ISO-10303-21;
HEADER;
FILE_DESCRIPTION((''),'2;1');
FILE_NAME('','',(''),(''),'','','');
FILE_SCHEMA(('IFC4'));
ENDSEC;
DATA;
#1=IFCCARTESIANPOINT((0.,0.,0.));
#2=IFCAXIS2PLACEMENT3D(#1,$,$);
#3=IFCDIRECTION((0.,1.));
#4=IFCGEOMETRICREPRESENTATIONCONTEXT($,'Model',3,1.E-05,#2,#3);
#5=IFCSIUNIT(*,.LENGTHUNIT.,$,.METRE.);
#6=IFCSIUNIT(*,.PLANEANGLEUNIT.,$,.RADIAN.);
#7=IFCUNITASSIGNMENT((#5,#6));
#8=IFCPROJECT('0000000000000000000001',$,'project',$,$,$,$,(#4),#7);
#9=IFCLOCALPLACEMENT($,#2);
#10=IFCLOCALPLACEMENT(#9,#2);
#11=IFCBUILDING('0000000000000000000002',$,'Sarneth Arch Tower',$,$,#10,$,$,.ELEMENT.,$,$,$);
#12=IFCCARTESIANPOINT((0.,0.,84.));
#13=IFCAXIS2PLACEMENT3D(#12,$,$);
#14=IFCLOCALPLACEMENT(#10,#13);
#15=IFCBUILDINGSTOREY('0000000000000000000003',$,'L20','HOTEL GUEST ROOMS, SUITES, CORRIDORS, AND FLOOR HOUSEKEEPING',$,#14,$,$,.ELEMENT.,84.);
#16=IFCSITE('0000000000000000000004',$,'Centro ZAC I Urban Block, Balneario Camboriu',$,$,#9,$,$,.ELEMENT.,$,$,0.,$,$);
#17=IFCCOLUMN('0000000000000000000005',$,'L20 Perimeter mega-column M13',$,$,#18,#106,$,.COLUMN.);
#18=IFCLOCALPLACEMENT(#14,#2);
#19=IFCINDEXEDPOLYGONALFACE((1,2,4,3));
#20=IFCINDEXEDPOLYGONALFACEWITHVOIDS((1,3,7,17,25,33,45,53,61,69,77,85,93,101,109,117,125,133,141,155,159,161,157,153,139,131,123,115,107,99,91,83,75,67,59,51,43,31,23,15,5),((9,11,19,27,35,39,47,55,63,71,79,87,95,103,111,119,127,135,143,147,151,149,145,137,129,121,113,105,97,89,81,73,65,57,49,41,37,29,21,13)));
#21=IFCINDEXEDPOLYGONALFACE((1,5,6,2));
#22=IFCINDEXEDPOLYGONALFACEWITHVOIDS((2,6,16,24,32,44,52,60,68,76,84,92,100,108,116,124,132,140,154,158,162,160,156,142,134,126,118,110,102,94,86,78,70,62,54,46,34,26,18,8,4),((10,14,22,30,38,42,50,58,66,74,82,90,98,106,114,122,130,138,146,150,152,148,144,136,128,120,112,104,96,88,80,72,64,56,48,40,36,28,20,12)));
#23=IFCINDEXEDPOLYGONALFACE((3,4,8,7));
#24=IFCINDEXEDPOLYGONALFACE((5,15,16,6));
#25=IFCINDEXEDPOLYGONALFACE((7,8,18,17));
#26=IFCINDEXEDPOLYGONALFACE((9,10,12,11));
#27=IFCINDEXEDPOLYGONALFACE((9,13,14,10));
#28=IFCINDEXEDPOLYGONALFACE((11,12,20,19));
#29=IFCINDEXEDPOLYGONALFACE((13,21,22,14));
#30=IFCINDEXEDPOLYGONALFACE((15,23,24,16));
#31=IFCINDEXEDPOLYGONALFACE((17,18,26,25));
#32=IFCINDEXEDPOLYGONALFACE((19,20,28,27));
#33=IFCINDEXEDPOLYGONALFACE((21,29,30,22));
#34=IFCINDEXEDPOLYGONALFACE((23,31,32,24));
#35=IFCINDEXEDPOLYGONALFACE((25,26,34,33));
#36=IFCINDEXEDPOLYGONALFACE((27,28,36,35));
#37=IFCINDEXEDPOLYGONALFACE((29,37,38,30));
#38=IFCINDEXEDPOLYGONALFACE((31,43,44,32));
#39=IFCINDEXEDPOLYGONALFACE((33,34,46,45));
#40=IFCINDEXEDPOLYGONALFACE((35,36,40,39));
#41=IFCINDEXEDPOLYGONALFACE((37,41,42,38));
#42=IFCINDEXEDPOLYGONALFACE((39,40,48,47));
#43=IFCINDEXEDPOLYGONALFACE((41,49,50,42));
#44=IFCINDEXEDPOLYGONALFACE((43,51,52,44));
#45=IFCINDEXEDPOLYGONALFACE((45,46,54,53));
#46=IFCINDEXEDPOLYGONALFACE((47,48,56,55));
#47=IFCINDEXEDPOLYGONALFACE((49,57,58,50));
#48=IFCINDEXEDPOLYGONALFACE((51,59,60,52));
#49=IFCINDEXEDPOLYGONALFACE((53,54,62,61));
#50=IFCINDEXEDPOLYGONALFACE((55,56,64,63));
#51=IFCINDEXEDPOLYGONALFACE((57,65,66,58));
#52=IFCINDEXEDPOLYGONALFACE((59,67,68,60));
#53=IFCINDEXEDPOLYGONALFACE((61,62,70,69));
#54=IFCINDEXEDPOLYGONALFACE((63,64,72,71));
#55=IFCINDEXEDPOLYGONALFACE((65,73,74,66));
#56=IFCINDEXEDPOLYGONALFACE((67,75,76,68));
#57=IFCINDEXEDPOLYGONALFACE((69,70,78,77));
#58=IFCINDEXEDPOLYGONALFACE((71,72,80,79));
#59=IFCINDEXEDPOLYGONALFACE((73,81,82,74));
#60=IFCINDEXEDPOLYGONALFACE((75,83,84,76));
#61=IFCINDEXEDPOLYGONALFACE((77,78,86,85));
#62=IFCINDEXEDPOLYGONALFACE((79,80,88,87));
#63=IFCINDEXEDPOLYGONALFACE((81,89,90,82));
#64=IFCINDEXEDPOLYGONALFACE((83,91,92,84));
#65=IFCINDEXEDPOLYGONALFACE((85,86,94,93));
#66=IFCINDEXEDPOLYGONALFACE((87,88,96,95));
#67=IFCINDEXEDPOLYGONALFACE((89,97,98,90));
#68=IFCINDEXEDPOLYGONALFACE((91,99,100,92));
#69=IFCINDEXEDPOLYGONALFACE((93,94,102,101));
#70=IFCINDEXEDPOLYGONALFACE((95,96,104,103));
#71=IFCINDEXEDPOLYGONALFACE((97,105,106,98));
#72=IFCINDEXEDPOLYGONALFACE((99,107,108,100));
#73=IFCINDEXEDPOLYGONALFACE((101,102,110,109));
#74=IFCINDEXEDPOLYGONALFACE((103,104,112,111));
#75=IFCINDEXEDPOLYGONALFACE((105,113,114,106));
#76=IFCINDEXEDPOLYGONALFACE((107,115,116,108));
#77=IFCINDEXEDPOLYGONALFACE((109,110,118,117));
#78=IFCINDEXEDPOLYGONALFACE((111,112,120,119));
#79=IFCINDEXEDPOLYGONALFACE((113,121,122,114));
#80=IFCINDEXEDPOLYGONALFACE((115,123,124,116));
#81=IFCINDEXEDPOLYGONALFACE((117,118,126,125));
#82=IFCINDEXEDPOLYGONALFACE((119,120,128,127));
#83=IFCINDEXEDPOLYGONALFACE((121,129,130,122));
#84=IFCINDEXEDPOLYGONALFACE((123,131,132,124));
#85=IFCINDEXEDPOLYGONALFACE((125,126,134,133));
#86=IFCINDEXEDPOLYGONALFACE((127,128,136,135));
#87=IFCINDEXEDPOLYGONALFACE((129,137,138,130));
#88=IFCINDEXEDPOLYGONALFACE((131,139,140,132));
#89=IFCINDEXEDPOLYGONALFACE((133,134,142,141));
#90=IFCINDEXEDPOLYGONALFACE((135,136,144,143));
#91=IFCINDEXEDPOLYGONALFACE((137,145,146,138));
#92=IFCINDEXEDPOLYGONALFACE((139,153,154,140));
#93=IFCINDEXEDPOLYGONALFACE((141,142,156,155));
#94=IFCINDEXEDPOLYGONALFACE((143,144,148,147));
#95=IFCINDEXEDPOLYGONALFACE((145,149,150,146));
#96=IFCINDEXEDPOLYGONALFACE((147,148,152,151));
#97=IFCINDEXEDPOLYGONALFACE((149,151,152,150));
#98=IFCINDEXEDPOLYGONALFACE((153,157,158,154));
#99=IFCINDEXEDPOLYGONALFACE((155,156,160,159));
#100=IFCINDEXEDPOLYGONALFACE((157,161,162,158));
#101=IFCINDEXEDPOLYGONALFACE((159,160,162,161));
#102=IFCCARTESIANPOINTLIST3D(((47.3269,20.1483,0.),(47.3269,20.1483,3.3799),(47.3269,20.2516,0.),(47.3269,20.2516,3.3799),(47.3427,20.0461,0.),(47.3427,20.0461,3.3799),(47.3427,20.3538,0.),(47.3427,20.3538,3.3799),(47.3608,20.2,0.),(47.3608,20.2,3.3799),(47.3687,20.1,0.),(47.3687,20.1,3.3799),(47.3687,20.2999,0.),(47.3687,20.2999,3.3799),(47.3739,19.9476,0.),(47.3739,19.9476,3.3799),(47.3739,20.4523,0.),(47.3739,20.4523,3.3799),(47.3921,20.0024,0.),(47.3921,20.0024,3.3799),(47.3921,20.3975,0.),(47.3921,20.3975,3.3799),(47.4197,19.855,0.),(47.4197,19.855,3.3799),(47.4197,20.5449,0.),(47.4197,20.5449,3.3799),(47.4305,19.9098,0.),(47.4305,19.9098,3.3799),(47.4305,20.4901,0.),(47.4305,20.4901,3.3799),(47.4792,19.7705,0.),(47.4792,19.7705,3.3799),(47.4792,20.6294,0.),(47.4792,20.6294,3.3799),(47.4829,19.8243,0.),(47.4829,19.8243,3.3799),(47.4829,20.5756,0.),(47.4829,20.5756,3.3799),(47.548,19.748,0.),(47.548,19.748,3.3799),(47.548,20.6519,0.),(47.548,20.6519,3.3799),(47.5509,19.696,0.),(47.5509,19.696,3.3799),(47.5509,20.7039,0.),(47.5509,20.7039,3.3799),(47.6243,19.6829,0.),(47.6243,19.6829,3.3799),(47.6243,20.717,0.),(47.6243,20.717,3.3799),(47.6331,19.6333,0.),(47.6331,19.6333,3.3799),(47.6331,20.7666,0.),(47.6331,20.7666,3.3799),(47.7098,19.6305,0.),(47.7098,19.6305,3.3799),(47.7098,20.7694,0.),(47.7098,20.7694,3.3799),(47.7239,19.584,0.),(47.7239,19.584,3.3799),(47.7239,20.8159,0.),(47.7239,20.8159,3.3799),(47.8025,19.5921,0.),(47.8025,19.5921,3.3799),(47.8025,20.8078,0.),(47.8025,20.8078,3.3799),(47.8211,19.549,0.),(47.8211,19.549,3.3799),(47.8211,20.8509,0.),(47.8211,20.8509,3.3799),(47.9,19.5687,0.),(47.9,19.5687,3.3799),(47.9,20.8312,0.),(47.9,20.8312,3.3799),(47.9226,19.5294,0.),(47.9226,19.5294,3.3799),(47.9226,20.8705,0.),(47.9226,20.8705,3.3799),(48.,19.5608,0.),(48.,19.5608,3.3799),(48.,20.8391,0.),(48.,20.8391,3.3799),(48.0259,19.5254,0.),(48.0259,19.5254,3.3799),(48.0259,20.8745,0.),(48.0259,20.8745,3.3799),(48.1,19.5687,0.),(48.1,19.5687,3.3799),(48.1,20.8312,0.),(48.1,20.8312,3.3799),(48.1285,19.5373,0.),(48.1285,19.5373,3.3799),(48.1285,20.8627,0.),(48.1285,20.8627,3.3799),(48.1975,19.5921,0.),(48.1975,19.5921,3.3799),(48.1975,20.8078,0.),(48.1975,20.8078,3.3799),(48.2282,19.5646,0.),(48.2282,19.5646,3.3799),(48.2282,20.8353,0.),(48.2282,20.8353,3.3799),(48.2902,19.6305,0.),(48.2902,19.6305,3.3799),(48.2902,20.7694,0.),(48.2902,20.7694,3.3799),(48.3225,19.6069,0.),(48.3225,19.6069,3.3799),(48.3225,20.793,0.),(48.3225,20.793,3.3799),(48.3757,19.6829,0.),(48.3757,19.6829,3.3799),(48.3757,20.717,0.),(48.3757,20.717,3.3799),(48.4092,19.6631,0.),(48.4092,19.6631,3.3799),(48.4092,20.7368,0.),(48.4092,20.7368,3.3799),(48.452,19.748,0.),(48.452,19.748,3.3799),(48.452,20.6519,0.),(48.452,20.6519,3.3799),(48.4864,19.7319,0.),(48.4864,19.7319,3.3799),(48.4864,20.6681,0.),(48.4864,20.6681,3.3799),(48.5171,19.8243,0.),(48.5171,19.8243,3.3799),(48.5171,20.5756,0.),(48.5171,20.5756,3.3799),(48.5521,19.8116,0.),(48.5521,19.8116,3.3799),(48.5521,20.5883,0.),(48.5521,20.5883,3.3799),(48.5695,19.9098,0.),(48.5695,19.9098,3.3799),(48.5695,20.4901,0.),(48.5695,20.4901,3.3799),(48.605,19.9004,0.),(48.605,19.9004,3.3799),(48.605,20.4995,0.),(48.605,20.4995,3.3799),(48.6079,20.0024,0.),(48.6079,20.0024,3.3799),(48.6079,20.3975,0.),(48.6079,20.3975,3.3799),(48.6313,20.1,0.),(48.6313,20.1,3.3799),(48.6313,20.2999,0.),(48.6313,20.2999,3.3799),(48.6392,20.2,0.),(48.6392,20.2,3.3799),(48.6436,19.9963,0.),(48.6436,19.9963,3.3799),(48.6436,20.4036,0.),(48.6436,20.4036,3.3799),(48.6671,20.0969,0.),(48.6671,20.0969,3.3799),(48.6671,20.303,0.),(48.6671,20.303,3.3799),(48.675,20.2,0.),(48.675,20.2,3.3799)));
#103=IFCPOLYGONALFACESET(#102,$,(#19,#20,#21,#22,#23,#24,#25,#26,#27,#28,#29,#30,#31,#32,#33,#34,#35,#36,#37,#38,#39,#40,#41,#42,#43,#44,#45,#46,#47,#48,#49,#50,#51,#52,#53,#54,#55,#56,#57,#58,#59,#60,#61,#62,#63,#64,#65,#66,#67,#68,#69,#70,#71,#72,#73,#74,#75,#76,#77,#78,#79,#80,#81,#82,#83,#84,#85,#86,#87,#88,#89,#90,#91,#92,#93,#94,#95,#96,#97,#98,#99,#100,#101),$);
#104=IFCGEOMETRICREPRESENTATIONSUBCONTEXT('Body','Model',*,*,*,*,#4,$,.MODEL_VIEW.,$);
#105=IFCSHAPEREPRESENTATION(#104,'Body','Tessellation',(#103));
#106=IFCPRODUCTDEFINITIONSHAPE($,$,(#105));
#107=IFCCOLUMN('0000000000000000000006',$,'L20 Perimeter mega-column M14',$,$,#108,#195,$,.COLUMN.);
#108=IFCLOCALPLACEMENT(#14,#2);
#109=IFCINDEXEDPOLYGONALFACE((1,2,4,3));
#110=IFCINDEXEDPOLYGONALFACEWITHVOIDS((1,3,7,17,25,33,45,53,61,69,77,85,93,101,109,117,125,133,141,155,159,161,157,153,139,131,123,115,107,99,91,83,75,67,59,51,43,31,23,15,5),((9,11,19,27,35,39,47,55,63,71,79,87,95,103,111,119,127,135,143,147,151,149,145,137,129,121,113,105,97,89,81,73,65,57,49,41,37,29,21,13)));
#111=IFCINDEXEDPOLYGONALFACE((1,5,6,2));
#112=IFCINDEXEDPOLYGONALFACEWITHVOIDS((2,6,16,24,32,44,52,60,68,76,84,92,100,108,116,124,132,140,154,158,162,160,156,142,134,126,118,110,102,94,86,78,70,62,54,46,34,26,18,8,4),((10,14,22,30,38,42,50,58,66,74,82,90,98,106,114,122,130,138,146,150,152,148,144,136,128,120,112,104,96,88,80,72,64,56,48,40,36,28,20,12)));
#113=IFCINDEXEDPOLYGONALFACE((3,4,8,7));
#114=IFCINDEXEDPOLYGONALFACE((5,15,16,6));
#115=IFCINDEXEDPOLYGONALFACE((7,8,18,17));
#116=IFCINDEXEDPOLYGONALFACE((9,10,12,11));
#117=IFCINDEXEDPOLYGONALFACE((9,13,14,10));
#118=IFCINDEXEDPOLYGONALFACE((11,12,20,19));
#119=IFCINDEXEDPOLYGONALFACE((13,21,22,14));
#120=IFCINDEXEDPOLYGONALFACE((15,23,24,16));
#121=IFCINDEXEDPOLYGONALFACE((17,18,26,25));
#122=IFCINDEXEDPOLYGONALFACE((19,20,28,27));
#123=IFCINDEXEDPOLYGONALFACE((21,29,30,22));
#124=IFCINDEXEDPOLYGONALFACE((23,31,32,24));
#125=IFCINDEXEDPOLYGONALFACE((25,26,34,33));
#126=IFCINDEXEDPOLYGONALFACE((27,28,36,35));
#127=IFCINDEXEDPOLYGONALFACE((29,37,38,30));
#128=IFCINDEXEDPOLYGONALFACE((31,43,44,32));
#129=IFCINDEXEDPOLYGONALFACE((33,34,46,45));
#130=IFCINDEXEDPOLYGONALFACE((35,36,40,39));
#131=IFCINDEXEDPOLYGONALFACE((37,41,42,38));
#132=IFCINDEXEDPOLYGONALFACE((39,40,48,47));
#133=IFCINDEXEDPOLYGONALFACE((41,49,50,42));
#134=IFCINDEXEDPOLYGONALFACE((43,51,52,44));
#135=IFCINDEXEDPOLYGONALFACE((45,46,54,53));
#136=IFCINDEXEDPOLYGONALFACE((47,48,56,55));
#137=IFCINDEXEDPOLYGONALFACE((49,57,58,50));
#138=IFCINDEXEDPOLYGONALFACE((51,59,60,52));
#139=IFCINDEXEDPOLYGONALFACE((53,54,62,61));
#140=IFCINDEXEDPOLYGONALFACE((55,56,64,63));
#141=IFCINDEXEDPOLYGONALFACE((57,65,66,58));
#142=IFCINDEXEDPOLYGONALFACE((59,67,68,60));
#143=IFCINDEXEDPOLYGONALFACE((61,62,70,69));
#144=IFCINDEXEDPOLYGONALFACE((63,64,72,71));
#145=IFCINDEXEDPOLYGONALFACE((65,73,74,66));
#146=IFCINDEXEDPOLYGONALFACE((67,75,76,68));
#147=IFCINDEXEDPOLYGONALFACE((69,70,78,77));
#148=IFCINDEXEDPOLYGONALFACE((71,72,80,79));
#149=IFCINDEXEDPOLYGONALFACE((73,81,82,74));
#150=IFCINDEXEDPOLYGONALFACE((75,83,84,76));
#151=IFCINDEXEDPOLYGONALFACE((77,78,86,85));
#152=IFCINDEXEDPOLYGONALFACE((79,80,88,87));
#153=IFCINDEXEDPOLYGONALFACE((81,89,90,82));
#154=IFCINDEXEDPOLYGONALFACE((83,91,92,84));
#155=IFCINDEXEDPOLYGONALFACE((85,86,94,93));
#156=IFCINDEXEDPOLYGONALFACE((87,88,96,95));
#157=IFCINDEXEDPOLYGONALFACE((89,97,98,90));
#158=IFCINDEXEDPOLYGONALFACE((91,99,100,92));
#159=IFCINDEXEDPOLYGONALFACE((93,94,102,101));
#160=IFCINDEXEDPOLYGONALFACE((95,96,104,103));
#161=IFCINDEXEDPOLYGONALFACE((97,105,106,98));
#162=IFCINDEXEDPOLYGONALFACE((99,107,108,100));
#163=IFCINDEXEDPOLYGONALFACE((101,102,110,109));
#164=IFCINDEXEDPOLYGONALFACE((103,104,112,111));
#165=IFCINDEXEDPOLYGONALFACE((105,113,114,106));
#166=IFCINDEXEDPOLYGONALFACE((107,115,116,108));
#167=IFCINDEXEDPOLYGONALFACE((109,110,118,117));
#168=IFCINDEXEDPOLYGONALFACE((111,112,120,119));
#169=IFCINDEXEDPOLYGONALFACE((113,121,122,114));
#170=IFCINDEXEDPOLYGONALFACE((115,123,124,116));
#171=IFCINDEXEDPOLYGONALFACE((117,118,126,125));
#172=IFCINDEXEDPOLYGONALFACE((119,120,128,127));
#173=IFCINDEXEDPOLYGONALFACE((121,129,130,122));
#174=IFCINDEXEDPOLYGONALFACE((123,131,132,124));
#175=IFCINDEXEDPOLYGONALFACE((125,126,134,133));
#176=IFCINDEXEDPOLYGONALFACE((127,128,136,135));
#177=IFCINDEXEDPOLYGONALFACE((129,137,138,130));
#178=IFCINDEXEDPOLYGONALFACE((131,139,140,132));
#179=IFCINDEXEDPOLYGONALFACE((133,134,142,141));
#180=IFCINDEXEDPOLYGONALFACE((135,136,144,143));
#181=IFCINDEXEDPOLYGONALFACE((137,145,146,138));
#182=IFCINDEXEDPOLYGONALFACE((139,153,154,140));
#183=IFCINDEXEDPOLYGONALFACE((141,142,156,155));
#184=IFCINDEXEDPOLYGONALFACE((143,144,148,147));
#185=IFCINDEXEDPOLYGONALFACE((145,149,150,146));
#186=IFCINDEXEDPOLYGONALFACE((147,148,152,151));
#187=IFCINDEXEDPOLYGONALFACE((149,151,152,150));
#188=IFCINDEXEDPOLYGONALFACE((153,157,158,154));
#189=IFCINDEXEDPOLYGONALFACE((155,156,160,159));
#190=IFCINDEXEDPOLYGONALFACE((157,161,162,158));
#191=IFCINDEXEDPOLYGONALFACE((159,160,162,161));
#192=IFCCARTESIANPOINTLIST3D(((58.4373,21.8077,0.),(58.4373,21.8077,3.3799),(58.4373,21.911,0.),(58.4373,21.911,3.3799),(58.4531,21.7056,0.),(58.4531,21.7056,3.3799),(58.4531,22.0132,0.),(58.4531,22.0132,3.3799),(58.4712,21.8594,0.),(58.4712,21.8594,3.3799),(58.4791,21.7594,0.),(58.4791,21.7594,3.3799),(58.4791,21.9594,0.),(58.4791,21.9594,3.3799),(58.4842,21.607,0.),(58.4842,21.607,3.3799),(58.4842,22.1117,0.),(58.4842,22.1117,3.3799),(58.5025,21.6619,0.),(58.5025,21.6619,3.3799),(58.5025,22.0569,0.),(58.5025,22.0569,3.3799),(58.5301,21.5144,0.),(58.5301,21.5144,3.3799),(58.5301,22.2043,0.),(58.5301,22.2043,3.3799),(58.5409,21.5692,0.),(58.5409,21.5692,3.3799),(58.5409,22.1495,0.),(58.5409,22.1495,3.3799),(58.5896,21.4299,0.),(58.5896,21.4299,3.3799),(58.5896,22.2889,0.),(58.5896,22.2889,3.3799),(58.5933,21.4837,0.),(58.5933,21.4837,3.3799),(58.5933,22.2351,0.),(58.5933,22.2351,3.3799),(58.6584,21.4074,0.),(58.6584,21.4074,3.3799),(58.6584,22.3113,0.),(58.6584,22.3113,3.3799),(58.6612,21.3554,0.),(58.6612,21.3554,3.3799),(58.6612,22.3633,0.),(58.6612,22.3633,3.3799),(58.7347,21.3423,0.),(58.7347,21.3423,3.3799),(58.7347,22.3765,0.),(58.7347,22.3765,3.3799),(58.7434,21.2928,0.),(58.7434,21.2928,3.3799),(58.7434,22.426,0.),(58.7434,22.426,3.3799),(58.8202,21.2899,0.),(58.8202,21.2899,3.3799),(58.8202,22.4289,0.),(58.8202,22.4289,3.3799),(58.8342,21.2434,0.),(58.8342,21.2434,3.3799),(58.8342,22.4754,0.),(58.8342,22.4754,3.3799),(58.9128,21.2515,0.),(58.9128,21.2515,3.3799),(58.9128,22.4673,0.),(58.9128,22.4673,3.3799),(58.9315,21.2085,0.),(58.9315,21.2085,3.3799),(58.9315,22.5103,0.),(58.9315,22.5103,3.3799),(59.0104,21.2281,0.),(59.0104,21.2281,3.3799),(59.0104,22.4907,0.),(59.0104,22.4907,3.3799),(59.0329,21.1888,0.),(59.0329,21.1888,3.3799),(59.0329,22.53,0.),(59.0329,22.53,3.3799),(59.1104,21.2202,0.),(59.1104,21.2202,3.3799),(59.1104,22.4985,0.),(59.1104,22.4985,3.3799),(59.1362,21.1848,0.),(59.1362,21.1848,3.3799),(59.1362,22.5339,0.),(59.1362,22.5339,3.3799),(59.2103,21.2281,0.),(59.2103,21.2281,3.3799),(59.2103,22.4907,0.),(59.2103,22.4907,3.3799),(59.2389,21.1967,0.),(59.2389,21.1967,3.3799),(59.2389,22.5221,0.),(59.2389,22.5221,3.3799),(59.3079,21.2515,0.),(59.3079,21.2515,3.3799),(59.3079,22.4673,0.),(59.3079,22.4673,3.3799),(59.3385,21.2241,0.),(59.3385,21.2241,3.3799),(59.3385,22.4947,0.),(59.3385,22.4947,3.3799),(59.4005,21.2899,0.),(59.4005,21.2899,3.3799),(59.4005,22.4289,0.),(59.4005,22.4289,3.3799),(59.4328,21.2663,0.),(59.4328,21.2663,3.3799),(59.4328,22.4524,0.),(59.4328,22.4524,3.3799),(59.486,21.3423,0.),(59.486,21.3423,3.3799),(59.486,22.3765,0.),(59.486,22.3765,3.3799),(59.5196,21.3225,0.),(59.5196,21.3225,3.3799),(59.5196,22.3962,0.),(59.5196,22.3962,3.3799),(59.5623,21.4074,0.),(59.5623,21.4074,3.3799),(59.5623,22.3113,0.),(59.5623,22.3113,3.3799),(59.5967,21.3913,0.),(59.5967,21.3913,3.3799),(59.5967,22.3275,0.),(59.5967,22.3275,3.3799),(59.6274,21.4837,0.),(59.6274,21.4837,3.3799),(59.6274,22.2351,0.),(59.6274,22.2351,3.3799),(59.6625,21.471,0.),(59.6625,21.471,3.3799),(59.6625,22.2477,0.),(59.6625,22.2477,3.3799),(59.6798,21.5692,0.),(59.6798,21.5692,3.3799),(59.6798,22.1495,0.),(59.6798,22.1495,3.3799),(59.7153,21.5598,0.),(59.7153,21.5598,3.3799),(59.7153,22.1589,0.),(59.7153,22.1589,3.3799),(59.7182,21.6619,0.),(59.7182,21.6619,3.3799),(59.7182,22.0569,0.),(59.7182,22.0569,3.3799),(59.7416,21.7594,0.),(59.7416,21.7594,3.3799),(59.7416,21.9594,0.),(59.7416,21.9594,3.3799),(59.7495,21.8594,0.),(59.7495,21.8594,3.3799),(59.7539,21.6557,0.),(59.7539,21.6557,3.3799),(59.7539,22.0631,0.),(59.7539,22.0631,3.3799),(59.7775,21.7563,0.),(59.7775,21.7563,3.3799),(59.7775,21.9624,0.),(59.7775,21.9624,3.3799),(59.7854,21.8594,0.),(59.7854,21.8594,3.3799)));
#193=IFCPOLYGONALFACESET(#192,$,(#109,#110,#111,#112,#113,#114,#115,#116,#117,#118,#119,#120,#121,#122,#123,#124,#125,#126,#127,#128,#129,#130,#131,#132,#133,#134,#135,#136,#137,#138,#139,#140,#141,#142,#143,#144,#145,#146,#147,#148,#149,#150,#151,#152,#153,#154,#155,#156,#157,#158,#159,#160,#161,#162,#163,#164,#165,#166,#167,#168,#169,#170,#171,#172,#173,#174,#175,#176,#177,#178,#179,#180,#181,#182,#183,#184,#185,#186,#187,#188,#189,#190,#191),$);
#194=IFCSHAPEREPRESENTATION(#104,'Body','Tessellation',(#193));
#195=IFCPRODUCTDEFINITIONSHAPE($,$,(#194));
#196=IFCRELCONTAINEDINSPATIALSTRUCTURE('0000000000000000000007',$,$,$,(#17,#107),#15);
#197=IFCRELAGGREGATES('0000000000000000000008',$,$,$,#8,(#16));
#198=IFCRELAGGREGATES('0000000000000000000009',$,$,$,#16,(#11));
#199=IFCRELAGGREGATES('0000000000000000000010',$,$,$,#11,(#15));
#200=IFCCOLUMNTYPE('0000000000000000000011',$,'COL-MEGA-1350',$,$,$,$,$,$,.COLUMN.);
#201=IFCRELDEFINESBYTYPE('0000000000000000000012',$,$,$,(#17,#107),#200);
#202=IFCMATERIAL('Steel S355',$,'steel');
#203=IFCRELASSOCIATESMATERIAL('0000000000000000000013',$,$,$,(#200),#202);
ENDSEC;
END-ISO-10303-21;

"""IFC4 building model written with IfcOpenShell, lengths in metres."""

from ifc_helpers import new_model, si_unit, direction, frame, origin, origin_2d, place, context, subcontext, project, spatial, hollow_circle, extrude, material, material_profile, profile_set, type_object, element, save


model = new_model("IFC4")

# Units and contexts
model_context = context("Model", 3, precision=1e-05, world=origin(), true_north=direction((0.0, 1.0)))
body_context = subcontext(model_context, "Body", "Model", "MODEL_VIEW")
ifc_project = project(units=[si_unit("LENGTHUNIT", "METRE"), si_unit("PLANEANGLEUNIT", "RADIAN")], contexts=[model_context])

# Site, building, storey
site_placement = place(None, origin())
site = spatial("IfcSite", under=ifc_project, at=site_placement, Name="Centro ZAC I Urban Block, Balneario Camboriu", CompositionType="ELEMENT", RefElevation=0.0)
building_placement = place(site_placement, origin())
building = spatial("IfcBuilding", under=site, at=building_placement, Name="Sarneth Arch Tower", CompositionType="ELEMENT")
storey_placement = place(building_placement, frame((0.0, 0.0, 84.0)))
storey = spatial("IfcBuildingStorey", under=building, at=storey_placement, Name="L20", Description="HOTEL GUEST ROOMS, SUITES, CORRIDORS, AND FLOOR HOUSEKEEPING", CompositionType="ELEMENT", Elevation=84.0)

# Columns
ifc_material_1 = material(Name="Steel S355", Category="steel")
ifc_material_profile_1 = material_profile(ifc_material_1, hollow_circle(Radius=0.675, WallThickness=0.0359, at=origin_2d()), Name="CHS1350x36")
ifc_profile_set_1 = profile_set([ifc_material_profile_1], Name="Steel S355")
column_type = type_object("IfcColumnType", Name="COL-MEGA-1350", PredefinedType="COLUMN", material=ifc_profile_set_1)
for number, where, z_axis, x_axis, name in (
    (1, (48.0, 20.2, 0.0), (0.0, 0.0, 1.0), (1.0, 0.0, 0.0), "L20 Perimeter mega-column M13"),
    (2, (59.1104, 21.8594, 0.0), (0.0, 0.0, 1.0), (1.0, 0.0, 0.0), "L20 Perimeter mega-column M14"),
):
    element("IfcColumn", number, at=place(storey_placement, frame(where, z_axis=z_axis, x_axis=x_axis)), inside=storey, type_object=column_type, Name=name, PredefinedType="COLUMN", context=body_context, shape_type="SweptSolid", body=[
        extrude(hollow_circle(Radius=0.675, WallThickness=0.0359, at=origin_2d()), origin(), (0.0, 0.0, 1.0), 3.3799),
    ])

save(model, "model.ifc")
